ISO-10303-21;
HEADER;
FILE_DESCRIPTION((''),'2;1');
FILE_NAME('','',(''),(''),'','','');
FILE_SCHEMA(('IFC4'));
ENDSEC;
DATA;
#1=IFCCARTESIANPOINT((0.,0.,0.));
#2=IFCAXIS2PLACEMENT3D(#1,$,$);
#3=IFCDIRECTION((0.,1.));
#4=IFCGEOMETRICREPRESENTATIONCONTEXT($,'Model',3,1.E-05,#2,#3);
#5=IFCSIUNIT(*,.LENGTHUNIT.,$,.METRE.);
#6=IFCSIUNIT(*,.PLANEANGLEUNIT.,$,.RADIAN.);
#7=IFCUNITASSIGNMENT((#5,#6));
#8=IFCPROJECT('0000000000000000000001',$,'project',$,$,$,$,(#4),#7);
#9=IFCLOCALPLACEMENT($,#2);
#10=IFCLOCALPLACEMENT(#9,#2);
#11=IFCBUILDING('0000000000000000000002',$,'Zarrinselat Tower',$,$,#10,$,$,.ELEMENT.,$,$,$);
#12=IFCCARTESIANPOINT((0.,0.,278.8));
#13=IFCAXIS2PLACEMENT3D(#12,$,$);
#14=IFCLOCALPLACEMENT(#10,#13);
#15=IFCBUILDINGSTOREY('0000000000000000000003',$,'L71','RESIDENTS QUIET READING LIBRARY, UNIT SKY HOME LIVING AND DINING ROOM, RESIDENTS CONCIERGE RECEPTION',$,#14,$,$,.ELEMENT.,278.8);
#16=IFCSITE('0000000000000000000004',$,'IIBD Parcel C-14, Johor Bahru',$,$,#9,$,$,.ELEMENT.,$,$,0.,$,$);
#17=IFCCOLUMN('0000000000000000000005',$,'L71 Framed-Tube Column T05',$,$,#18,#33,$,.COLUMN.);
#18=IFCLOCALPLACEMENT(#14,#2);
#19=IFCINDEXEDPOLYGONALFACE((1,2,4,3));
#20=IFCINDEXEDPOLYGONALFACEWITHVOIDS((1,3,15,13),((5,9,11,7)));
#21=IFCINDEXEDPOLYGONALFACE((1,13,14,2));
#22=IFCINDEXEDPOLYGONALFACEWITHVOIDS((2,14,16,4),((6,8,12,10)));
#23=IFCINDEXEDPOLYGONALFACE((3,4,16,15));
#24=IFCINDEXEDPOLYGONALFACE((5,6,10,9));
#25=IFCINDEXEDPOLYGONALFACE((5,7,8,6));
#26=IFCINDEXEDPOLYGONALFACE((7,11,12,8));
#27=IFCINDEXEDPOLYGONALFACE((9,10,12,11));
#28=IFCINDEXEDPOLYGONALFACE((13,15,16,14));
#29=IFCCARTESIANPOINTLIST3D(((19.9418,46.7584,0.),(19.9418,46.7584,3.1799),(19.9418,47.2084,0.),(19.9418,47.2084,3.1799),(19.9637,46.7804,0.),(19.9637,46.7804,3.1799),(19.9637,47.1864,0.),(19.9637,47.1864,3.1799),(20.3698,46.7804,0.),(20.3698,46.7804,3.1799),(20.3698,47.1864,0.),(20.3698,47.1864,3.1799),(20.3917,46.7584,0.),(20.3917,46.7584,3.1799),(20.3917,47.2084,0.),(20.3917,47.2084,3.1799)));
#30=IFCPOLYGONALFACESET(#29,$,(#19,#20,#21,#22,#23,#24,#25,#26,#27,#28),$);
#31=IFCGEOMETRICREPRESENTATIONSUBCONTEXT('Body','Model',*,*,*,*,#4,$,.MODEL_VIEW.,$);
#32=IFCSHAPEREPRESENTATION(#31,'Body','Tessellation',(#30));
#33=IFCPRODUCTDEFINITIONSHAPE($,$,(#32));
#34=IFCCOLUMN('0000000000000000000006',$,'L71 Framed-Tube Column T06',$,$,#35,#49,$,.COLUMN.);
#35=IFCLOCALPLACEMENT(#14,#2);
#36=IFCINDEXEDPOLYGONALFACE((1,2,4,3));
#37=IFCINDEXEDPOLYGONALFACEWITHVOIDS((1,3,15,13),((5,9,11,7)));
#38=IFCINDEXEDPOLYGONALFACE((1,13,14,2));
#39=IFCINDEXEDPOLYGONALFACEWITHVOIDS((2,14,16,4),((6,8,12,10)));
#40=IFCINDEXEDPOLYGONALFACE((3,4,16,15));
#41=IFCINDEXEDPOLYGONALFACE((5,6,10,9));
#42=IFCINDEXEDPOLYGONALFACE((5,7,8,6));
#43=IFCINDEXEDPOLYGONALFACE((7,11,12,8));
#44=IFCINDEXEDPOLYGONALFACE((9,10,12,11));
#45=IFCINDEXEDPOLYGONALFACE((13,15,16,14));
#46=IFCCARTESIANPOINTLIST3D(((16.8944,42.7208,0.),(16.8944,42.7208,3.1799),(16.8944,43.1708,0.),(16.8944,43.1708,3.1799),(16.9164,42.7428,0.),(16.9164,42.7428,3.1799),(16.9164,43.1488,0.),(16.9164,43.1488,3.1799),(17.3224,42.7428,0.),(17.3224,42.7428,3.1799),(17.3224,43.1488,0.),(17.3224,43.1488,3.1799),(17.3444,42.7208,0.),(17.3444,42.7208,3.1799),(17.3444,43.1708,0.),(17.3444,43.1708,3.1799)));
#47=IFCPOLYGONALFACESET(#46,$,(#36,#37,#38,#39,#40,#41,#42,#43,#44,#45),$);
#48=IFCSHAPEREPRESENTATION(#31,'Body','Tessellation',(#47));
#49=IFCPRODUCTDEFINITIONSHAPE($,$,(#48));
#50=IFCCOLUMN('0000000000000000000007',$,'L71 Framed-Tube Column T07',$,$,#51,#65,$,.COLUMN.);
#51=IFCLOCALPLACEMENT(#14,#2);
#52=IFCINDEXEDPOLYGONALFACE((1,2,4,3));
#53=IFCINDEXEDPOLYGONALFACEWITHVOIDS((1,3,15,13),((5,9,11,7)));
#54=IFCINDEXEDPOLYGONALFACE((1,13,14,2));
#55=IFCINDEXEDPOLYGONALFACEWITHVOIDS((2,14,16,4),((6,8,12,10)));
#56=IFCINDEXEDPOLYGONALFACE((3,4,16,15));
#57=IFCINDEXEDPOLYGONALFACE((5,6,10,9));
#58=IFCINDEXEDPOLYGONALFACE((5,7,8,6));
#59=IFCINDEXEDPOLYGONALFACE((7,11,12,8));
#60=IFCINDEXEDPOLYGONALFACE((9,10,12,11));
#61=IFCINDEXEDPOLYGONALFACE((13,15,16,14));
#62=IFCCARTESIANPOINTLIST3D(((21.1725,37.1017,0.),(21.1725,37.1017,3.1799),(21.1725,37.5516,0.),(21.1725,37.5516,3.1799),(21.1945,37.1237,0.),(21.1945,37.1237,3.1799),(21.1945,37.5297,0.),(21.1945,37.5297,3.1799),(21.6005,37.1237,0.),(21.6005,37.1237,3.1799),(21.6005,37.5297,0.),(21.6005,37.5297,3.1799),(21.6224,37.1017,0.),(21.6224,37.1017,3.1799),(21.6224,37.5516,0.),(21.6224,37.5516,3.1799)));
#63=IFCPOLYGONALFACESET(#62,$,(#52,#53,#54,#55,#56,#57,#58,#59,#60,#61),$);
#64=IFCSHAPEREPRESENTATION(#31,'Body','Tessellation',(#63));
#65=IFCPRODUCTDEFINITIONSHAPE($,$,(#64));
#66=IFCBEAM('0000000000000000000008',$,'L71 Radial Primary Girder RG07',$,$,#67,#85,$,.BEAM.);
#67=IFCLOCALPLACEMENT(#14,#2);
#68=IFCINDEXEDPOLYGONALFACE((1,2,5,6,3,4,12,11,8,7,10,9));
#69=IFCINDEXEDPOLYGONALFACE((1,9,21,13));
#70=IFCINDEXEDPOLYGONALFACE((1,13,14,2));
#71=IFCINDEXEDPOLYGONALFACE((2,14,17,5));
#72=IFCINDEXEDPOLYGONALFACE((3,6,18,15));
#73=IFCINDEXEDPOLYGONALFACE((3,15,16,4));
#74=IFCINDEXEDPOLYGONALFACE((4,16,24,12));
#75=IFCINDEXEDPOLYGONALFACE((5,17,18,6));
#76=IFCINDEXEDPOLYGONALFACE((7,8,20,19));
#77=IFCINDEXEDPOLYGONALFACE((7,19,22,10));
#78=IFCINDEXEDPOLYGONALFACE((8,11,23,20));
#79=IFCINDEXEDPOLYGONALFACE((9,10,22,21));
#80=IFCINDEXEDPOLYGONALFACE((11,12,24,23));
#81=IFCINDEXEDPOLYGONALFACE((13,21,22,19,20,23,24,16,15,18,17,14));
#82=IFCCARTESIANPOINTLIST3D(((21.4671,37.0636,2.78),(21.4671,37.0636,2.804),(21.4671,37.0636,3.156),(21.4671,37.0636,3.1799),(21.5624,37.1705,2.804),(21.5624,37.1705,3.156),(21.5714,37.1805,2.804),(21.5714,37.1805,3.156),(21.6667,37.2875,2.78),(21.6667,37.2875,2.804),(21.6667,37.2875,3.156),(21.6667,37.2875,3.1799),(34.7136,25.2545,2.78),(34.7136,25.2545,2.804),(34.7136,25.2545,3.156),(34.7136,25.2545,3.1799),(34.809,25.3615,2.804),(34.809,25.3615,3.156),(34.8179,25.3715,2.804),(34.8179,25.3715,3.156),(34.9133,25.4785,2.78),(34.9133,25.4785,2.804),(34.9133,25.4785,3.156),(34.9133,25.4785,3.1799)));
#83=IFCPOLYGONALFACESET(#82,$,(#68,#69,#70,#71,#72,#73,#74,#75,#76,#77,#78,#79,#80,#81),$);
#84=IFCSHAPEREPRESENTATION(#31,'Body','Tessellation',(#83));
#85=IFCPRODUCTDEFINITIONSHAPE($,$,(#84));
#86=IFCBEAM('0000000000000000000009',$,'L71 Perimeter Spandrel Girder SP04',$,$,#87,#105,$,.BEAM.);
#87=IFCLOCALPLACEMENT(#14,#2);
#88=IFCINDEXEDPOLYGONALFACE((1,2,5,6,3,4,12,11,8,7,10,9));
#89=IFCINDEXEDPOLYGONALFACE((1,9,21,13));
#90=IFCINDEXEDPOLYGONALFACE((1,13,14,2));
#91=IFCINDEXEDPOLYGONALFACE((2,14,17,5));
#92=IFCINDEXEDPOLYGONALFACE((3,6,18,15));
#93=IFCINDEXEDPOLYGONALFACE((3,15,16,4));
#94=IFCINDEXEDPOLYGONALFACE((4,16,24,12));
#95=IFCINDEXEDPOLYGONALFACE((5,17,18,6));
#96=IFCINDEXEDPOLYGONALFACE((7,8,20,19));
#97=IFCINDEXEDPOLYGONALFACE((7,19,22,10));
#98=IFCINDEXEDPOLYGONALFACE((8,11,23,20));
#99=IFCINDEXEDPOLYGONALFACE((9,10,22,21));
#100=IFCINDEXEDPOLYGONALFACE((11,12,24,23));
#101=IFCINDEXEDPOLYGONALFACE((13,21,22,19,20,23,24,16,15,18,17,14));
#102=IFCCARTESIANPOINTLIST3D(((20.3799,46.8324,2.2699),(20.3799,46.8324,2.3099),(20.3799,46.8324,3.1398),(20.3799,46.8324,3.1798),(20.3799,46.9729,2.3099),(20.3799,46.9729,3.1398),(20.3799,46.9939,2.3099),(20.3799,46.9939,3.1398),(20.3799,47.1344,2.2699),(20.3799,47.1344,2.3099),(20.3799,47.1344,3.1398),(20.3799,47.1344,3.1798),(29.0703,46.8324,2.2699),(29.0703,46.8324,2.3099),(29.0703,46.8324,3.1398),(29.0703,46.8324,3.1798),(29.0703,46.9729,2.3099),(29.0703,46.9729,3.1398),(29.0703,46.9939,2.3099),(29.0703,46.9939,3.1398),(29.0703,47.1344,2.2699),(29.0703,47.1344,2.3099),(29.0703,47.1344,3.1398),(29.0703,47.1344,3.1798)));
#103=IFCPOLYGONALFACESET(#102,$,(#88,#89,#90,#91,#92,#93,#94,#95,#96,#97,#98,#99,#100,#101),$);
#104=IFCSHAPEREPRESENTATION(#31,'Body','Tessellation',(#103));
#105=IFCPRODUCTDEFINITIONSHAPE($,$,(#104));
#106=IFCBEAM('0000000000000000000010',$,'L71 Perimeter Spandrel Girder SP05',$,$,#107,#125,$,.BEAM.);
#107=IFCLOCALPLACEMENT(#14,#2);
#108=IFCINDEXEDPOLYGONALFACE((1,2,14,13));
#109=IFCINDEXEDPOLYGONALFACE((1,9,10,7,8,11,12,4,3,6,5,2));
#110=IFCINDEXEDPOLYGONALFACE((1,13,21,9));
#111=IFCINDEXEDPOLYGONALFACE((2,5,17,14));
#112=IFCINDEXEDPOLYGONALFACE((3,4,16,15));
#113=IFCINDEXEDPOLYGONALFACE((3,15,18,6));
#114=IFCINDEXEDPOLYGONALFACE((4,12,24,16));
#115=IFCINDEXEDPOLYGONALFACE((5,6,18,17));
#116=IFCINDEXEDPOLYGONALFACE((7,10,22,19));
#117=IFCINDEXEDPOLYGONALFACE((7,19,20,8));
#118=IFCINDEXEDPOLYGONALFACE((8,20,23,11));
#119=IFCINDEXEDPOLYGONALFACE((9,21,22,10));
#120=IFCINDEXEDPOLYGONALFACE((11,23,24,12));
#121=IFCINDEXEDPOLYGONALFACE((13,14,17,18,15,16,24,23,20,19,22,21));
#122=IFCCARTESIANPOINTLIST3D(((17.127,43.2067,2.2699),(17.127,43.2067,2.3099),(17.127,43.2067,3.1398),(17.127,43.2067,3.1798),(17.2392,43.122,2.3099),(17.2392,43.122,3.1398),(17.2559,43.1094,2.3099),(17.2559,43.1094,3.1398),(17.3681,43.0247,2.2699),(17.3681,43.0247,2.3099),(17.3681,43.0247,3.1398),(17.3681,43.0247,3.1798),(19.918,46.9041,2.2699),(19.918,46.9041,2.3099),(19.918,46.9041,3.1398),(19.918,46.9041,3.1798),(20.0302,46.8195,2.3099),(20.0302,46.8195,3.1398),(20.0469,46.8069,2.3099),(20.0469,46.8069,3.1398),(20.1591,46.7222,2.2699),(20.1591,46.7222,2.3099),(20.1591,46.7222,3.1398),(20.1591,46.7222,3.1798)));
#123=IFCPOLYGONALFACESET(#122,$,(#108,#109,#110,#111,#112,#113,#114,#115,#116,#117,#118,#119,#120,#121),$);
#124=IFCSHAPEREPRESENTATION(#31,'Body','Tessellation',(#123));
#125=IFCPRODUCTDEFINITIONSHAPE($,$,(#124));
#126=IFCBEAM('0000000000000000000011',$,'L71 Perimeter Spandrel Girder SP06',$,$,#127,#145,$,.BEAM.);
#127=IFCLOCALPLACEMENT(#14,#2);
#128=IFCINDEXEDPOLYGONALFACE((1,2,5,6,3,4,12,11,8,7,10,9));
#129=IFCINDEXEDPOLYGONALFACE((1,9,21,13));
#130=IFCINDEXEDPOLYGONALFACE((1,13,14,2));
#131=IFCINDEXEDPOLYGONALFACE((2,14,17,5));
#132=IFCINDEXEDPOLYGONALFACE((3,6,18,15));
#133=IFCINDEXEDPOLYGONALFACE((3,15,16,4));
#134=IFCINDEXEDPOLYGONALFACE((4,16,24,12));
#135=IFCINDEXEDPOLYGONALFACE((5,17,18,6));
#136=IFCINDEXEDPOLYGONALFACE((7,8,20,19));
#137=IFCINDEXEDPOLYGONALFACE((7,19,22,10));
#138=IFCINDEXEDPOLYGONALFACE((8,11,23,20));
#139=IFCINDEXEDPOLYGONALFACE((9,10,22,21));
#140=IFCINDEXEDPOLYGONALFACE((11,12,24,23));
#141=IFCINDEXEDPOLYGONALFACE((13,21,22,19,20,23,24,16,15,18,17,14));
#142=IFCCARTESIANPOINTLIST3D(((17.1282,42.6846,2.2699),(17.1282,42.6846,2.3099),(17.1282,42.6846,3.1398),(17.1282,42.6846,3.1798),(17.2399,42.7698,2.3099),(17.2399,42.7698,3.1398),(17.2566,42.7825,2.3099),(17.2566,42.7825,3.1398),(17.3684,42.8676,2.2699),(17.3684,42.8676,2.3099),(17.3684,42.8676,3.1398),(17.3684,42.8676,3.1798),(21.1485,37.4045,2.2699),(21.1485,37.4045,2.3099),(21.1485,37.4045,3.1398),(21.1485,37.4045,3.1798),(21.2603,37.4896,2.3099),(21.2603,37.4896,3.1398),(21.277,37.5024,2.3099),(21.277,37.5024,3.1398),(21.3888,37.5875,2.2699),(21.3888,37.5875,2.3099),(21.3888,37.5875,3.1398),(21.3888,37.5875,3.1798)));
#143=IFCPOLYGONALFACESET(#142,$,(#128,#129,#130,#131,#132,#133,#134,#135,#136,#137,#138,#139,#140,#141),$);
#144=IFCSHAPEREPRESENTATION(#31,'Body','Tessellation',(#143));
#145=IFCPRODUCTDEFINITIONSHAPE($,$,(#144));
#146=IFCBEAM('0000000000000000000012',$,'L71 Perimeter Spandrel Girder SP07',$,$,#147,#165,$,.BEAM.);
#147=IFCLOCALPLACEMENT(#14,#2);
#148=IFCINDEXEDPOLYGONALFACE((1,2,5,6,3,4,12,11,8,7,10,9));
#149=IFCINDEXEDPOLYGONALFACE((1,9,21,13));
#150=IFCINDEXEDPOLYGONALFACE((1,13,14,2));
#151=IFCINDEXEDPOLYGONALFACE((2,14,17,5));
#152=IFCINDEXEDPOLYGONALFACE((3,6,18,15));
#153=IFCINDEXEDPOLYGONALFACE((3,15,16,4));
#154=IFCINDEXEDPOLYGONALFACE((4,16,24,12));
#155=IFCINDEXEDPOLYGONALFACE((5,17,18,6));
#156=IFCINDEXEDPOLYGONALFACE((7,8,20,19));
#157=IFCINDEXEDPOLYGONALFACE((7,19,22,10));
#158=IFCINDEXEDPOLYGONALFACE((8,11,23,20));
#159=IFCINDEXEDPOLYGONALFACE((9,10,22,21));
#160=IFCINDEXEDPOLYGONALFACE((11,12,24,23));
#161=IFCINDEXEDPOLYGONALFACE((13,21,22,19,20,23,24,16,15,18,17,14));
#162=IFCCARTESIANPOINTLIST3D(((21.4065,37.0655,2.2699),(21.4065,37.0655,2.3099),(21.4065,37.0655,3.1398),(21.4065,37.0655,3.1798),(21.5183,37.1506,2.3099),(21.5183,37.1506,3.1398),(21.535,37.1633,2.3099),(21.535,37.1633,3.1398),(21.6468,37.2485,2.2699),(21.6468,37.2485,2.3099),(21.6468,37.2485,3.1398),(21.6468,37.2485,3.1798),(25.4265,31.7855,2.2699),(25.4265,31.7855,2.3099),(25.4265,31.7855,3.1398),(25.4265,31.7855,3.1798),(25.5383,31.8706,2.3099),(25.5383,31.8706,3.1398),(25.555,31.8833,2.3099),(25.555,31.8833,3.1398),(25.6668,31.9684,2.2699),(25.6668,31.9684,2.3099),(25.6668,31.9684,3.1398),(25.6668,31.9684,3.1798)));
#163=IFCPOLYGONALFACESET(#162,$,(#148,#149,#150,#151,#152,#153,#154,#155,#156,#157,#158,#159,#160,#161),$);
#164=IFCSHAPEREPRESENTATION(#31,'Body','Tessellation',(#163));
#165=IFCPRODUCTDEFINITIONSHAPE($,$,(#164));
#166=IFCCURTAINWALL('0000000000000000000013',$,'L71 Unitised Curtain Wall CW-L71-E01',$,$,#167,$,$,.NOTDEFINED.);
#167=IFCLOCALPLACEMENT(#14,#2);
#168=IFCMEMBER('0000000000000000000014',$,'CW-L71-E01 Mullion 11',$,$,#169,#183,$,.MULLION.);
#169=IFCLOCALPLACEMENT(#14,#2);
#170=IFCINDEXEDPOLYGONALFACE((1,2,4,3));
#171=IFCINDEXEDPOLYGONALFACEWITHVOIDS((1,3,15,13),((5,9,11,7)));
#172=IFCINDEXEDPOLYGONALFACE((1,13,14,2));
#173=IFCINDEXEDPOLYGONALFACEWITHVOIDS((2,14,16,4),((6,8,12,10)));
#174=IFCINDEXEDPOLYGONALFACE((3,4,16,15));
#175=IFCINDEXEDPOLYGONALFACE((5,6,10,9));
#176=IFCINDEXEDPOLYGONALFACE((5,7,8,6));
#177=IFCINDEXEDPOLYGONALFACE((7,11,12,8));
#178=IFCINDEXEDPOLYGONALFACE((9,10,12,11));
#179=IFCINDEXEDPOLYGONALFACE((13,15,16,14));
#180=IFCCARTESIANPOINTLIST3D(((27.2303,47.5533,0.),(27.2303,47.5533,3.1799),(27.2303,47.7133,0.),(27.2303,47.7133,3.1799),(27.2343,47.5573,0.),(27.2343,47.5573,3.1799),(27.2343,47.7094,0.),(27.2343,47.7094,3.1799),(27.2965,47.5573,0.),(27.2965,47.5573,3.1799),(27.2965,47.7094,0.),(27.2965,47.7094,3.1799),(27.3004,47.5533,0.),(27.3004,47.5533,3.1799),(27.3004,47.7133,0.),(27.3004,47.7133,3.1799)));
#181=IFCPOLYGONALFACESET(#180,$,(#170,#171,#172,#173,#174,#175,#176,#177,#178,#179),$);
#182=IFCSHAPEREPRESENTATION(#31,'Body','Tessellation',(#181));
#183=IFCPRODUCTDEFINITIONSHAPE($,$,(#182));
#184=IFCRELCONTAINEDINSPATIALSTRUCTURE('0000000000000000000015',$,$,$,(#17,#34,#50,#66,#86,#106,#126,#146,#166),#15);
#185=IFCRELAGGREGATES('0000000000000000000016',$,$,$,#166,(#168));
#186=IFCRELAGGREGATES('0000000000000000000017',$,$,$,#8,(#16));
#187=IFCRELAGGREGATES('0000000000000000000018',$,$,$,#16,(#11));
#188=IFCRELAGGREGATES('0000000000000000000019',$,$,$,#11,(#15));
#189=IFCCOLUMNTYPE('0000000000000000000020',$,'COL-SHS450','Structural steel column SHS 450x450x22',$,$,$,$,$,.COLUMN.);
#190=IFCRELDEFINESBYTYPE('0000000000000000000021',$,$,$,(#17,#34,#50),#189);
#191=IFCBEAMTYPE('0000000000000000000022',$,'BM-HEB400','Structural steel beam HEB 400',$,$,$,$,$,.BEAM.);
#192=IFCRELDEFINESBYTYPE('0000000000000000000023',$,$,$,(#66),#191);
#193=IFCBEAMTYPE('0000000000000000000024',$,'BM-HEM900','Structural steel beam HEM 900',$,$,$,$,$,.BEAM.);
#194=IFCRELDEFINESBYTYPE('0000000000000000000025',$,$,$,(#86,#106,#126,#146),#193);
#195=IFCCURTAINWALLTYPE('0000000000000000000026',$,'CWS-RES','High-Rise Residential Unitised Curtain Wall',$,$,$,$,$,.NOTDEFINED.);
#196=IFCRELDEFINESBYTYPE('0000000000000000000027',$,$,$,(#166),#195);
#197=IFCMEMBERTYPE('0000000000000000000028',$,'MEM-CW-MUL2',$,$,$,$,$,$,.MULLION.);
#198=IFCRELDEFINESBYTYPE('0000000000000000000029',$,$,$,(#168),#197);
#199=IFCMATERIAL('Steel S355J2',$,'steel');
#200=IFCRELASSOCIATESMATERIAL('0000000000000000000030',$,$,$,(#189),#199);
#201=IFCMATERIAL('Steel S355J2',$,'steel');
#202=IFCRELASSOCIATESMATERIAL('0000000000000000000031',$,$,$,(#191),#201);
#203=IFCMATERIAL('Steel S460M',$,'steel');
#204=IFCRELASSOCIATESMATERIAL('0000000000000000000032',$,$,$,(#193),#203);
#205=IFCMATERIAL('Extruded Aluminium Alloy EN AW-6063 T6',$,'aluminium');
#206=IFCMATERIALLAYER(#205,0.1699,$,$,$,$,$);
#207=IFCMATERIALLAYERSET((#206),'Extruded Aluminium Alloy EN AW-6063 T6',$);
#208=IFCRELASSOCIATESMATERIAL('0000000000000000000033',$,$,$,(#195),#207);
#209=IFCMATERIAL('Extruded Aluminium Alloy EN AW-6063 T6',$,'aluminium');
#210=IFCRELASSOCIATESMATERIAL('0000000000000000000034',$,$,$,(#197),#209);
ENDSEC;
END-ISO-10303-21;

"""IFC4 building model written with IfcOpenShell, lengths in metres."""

from ifc_helpers import new_model, si_unit, direction, frame, origin, origin_2d, place, context, subcontext, project, spatial, hollow_rectangle, i_section, extrude, material, layer, layer_set, material_profile, profile_set, type_object, element, aggregate, save


model = new_model("IFC4")

# Units and contexts
model_context = context("Model", 3, precision=1e-05, world=origin(), true_north=direction((0.0, 1.0)))
body_context = subcontext(model_context, "Body", "Model", "MODEL_VIEW")
ifc_project = project(units=[si_unit("LENGTHUNIT", "METRE"), si_unit("PLANEANGLEUNIT", "RADIAN")], contexts=[model_context])

# Site, building, storey
site_placement = place(None, origin())
site = spatial("IfcSite", under=ifc_project, at=site_placement, Name="IIBD Parcel C-14, Johor Bahru", CompositionType="ELEMENT", RefElevation=0.0)
building_placement = place(site_placement, origin())
building = spatial("IfcBuilding", under=site, at=building_placement, Name="Zarrinselat Tower", CompositionType="ELEMENT")
storey_placement = place(building_placement, frame((0.0, 0.0, 278.8)))
storey = spatial("IfcBuildingStorey", under=building, at=storey_placement, Name="L71", Description="RESIDENTS QUIET READING LIBRARY, UNIT SKY HOME LIVING AND DINING ROOM, RESIDENTS CONCIERGE RECEPTION", CompositionType="ELEMENT", Elevation=278.8)

# Columns
ifc_material_1 = material(Name="Steel S355J2", Category="steel")
ifc_material_profile_1 = material_profile(ifc_material_1, hollow_rectangle(XDim=0.45, YDim=0.45, WallThickness=0.022, at=origin_2d()), Name="SHS 450x450x22")
ifc_profile_set_1 = profile_set([ifc_material_profile_1], Name="Steel S355J2")
column_type = type_object("IfcColumnType", Name="COL-SHS450", Description="Structural steel column SHS 450x450x22", PredefinedType="COLUMN", material=ifc_profile_set_1)
for number, where, z_axis, x_axis, name in (
    (1, (20.1667, 46.9834, 0.0), (0.0, 0.0, 1.0), (1.0, 0.0, 0.0), "L71 Framed-Tube Column T05"),
    (2, (17.1194, 42.9458, 0.0), (0.0, 0.0, 1.0), (1.0, 0.0, 0.0), "L71 Framed-Tube Column T06"),
    (3, (21.3975, 37.3267, 0.0), (0.0, 0.0, 1.0), (1.0, 0.0, 0.0), "L71 Framed-Tube Column T07"),
):
    element("IfcColumn", number, at=place(storey_placement, frame(where, z_axis=z_axis, x_axis=x_axis)), inside=storey, type_object=column_type, Name=name, PredefinedType="COLUMN", context=body_context, shape_type="SweptSolid", body=[
        extrude(hollow_rectangle(XDim=0.45, YDim=0.45, WallThickness=0.022, at=origin_2d()), origin(), (0.0, 0.0, 1.0), 3.1799),
    ])

# Beams
ifc_material_2 = material(Name="Steel S355J2", Category="steel")
ifc_material_profile_2 = material_profile(ifc_material_2, i_section(OverallWidth=0.3, OverallDepth=0.3999, WebThickness=0.0134, FlangeThickness=0.0239, at=origin_2d()), Name="HEB 400")
ifc_profile_set_2 = profile_set([ifc_material_profile_2], Name="Steel S355J2")
beam_type_1 = type_object("IfcBeamType", Name="BM-HEB400", Description="Structural steel beam HEB 400", PredefinedType="BEAM", material=ifc_profile_set_2)
beam_1_placement = place(storey_placement, frame((21.5669, 37.1755, 2.98), z_axis=(0.746448, -0.665444, 0.0), x_axis=(0.665444, 0.746448, 0.0)))
element("IfcBeam", 4, at=beam_1_placement, inside=storey, type_object=beam_type_1, Name="L71 Radial Primary Girder RG07", PredefinedType="BEAM", context=body_context, shape_type="SweptSolid", body=[
    extrude(i_section(OverallWidth=0.3, OverallDepth=0.3999, WebThickness=0.0134, FlangeThickness=0.0239, at=origin_2d()), origin(), (0.0, 0.0, 1.0), 17.7461),
])
ifc_material_3 = material(Name="Steel S460M", Category="steel")
ifc_material_profile_3 = material_profile(ifc_material_3, i_section(OverallWidth=0.302, OverallDepth=0.9099, WebThickness=0.021, FlangeThickness=0.04, at=origin_2d()), Name="HEM 900")
ifc_profile_set_3 = profile_set([ifc_material_profile_3], Name="Steel S460M")
beam_type_2 = type_object("IfcBeamType", Name="BM-HEM900", Description="Structural steel beam HEM 900", PredefinedType="BEAM", material=ifc_profile_set_3)
beam_2_placement = place(storey_placement, frame((20.3799, 46.9834, 2.7249), z_axis=(1.0, 0.0, 0.0), x_axis=(0.0, 1.0, 0.0)))
element("IfcBeam", 5, at=beam_2_placement, inside=storey, type_object=beam_type_2, Name="L71 Perimeter Spandrel Girder SP04", PredefinedType="BEAM", context=body_context, shape_type="SweptSolid", body=[
    extrude(i_section(OverallWidth=0.302, OverallDepth=0.9099, WebThickness=0.021, FlangeThickness=0.04, at=origin_2d()), origin(), (0.0, 0.0, 1.0), 8.6904),
])
beam_3_placement = place(storey_placement, frame((17.2476, 43.1157, 2.7249), z_axis=(0.602468, 0.798143, 0.0), x_axis=(-0.798143, 0.602468, 0.0)))
element("IfcBeam", 6, at=beam_3_placement, inside=storey, type_object=beam_type_2, Name="L71 Perimeter Spandrel Girder SP05", PredefinedType="BEAM", context=body_context, shape_type="SweptSolid", body=[
    extrude(i_section(OverallWidth=0.302, OverallDepth=0.9099, WebThickness=0.021, FlangeThickness=0.04, at=origin_2d()), origin(), (0.0, 0.0, 1.0), 4.6326),
])
beam_4_placement = place(storey_placement, frame((17.2483, 42.7761, 2.7249), z_axis=(0.605794, -0.795622, 0.0), x_axis=(0.795622, 0.605794, 0.0)))
element("IfcBeam", 7, at=beam_4_placement, inside=storey, type_object=beam_type_2, Name="L71 Perimeter Spandrel Girder SP06", PredefinedType="BEAM", context=body_context, shape_type="SweptSolid", body=[
    extrude(i_section(OverallWidth=0.302, OverallDepth=0.9099, WebThickness=0.021, FlangeThickness=0.04, at=origin_2d()), origin(), (0.0, 0.0, 1.0), 6.6365),
])
beam_5_placement = place(storey_placement, frame((21.5266, 37.157, 2.7249), z_axis=(0.605771, -0.795639, 0.0), x_axis=(0.795639, 0.605771, 0.0)))
element("IfcBeam", 8, at=beam_5_placement, inside=storey, type_object=beam_type_2, Name="L71 Perimeter Spandrel Girder SP07", PredefinedType="BEAM", context=body_context, shape_type="SweptSolid", body=[
    extrude(i_section(OverallWidth=0.302, OverallDepth=0.9099, WebThickness=0.021, FlangeThickness=0.04, at=origin_2d()), origin(), (0.0, 0.0, 1.0), 6.6362),
])

# Curtain wall, member
ifc_material_4 = material(Name="Extruded Aluminium Alloy EN AW-6063 T6", Category="aluminium")
ifc_layer_1 = layer(ifc_material_4, 0.1699)
ifc_layer_set_1 = layer_set([ifc_layer_1], Name="Extruded Aluminium Alloy EN AW-6063 T6")
curtain_wall_type = type_object("IfcCurtainWallType", Name="CWS-RES", Description="High-Rise Residential Unitised Curtain Wall", PredefinedType="NOTDEFINED", material=ifc_layer_set_1)
curtain_wall_1_placement = place(storey_placement, origin())
curtain_wall_1 = element("IfcCurtainWall", 9, at=curtain_wall_1_placement, inside=storey, type_object=curtain_wall_type, Name="L71 Unitised Curtain Wall CW-L71-E01", PredefinedType="NOTDEFINED")
ifc_material_5 = material(Name="Extruded Aluminium Alloy EN AW-6063 T6", Category="aluminium")
ifc_material_profile_4 = material_profile(ifc_material_5, hollow_rectangle(XDim=0.0701, YDim=0.1599, WallThickness=0.0039, at=origin_2d()), Name="RHS 160x70x4")
ifc_profile_set_4 = profile_set([ifc_material_profile_4], Name="Extruded Aluminium Alloy EN AW-6063 T6")
member_type_1 = type_object("IfcMemberType", Name="MEM-CW-MUL2", PredefinedType="MULLION", material=ifc_profile_set_4)
member_1_placement = place(storey_placement, frame((27.2654, 47.6333, 0.0), z_axis=(0.0, 0.0, 1.0), x_axis=(-1.0, 0.0, 0.0)))
member_1 = element("IfcMember", 10, at=member_1_placement, type_object=member_type_1, Name="CW-L71-E01 Mullion 11", PredefinedType="MULLION", context=body_context, shape_type="SweptSolid", body=[
    extrude(hollow_rectangle(XDim=0.0701, YDim=0.1599, WallThickness=0.0039, at=origin_2d()), origin(), (0.0, 0.0, 1.0), 3.1799),
])

aggregate(curtain_wall_1, [member_1])

save(model, "model.ifc")
